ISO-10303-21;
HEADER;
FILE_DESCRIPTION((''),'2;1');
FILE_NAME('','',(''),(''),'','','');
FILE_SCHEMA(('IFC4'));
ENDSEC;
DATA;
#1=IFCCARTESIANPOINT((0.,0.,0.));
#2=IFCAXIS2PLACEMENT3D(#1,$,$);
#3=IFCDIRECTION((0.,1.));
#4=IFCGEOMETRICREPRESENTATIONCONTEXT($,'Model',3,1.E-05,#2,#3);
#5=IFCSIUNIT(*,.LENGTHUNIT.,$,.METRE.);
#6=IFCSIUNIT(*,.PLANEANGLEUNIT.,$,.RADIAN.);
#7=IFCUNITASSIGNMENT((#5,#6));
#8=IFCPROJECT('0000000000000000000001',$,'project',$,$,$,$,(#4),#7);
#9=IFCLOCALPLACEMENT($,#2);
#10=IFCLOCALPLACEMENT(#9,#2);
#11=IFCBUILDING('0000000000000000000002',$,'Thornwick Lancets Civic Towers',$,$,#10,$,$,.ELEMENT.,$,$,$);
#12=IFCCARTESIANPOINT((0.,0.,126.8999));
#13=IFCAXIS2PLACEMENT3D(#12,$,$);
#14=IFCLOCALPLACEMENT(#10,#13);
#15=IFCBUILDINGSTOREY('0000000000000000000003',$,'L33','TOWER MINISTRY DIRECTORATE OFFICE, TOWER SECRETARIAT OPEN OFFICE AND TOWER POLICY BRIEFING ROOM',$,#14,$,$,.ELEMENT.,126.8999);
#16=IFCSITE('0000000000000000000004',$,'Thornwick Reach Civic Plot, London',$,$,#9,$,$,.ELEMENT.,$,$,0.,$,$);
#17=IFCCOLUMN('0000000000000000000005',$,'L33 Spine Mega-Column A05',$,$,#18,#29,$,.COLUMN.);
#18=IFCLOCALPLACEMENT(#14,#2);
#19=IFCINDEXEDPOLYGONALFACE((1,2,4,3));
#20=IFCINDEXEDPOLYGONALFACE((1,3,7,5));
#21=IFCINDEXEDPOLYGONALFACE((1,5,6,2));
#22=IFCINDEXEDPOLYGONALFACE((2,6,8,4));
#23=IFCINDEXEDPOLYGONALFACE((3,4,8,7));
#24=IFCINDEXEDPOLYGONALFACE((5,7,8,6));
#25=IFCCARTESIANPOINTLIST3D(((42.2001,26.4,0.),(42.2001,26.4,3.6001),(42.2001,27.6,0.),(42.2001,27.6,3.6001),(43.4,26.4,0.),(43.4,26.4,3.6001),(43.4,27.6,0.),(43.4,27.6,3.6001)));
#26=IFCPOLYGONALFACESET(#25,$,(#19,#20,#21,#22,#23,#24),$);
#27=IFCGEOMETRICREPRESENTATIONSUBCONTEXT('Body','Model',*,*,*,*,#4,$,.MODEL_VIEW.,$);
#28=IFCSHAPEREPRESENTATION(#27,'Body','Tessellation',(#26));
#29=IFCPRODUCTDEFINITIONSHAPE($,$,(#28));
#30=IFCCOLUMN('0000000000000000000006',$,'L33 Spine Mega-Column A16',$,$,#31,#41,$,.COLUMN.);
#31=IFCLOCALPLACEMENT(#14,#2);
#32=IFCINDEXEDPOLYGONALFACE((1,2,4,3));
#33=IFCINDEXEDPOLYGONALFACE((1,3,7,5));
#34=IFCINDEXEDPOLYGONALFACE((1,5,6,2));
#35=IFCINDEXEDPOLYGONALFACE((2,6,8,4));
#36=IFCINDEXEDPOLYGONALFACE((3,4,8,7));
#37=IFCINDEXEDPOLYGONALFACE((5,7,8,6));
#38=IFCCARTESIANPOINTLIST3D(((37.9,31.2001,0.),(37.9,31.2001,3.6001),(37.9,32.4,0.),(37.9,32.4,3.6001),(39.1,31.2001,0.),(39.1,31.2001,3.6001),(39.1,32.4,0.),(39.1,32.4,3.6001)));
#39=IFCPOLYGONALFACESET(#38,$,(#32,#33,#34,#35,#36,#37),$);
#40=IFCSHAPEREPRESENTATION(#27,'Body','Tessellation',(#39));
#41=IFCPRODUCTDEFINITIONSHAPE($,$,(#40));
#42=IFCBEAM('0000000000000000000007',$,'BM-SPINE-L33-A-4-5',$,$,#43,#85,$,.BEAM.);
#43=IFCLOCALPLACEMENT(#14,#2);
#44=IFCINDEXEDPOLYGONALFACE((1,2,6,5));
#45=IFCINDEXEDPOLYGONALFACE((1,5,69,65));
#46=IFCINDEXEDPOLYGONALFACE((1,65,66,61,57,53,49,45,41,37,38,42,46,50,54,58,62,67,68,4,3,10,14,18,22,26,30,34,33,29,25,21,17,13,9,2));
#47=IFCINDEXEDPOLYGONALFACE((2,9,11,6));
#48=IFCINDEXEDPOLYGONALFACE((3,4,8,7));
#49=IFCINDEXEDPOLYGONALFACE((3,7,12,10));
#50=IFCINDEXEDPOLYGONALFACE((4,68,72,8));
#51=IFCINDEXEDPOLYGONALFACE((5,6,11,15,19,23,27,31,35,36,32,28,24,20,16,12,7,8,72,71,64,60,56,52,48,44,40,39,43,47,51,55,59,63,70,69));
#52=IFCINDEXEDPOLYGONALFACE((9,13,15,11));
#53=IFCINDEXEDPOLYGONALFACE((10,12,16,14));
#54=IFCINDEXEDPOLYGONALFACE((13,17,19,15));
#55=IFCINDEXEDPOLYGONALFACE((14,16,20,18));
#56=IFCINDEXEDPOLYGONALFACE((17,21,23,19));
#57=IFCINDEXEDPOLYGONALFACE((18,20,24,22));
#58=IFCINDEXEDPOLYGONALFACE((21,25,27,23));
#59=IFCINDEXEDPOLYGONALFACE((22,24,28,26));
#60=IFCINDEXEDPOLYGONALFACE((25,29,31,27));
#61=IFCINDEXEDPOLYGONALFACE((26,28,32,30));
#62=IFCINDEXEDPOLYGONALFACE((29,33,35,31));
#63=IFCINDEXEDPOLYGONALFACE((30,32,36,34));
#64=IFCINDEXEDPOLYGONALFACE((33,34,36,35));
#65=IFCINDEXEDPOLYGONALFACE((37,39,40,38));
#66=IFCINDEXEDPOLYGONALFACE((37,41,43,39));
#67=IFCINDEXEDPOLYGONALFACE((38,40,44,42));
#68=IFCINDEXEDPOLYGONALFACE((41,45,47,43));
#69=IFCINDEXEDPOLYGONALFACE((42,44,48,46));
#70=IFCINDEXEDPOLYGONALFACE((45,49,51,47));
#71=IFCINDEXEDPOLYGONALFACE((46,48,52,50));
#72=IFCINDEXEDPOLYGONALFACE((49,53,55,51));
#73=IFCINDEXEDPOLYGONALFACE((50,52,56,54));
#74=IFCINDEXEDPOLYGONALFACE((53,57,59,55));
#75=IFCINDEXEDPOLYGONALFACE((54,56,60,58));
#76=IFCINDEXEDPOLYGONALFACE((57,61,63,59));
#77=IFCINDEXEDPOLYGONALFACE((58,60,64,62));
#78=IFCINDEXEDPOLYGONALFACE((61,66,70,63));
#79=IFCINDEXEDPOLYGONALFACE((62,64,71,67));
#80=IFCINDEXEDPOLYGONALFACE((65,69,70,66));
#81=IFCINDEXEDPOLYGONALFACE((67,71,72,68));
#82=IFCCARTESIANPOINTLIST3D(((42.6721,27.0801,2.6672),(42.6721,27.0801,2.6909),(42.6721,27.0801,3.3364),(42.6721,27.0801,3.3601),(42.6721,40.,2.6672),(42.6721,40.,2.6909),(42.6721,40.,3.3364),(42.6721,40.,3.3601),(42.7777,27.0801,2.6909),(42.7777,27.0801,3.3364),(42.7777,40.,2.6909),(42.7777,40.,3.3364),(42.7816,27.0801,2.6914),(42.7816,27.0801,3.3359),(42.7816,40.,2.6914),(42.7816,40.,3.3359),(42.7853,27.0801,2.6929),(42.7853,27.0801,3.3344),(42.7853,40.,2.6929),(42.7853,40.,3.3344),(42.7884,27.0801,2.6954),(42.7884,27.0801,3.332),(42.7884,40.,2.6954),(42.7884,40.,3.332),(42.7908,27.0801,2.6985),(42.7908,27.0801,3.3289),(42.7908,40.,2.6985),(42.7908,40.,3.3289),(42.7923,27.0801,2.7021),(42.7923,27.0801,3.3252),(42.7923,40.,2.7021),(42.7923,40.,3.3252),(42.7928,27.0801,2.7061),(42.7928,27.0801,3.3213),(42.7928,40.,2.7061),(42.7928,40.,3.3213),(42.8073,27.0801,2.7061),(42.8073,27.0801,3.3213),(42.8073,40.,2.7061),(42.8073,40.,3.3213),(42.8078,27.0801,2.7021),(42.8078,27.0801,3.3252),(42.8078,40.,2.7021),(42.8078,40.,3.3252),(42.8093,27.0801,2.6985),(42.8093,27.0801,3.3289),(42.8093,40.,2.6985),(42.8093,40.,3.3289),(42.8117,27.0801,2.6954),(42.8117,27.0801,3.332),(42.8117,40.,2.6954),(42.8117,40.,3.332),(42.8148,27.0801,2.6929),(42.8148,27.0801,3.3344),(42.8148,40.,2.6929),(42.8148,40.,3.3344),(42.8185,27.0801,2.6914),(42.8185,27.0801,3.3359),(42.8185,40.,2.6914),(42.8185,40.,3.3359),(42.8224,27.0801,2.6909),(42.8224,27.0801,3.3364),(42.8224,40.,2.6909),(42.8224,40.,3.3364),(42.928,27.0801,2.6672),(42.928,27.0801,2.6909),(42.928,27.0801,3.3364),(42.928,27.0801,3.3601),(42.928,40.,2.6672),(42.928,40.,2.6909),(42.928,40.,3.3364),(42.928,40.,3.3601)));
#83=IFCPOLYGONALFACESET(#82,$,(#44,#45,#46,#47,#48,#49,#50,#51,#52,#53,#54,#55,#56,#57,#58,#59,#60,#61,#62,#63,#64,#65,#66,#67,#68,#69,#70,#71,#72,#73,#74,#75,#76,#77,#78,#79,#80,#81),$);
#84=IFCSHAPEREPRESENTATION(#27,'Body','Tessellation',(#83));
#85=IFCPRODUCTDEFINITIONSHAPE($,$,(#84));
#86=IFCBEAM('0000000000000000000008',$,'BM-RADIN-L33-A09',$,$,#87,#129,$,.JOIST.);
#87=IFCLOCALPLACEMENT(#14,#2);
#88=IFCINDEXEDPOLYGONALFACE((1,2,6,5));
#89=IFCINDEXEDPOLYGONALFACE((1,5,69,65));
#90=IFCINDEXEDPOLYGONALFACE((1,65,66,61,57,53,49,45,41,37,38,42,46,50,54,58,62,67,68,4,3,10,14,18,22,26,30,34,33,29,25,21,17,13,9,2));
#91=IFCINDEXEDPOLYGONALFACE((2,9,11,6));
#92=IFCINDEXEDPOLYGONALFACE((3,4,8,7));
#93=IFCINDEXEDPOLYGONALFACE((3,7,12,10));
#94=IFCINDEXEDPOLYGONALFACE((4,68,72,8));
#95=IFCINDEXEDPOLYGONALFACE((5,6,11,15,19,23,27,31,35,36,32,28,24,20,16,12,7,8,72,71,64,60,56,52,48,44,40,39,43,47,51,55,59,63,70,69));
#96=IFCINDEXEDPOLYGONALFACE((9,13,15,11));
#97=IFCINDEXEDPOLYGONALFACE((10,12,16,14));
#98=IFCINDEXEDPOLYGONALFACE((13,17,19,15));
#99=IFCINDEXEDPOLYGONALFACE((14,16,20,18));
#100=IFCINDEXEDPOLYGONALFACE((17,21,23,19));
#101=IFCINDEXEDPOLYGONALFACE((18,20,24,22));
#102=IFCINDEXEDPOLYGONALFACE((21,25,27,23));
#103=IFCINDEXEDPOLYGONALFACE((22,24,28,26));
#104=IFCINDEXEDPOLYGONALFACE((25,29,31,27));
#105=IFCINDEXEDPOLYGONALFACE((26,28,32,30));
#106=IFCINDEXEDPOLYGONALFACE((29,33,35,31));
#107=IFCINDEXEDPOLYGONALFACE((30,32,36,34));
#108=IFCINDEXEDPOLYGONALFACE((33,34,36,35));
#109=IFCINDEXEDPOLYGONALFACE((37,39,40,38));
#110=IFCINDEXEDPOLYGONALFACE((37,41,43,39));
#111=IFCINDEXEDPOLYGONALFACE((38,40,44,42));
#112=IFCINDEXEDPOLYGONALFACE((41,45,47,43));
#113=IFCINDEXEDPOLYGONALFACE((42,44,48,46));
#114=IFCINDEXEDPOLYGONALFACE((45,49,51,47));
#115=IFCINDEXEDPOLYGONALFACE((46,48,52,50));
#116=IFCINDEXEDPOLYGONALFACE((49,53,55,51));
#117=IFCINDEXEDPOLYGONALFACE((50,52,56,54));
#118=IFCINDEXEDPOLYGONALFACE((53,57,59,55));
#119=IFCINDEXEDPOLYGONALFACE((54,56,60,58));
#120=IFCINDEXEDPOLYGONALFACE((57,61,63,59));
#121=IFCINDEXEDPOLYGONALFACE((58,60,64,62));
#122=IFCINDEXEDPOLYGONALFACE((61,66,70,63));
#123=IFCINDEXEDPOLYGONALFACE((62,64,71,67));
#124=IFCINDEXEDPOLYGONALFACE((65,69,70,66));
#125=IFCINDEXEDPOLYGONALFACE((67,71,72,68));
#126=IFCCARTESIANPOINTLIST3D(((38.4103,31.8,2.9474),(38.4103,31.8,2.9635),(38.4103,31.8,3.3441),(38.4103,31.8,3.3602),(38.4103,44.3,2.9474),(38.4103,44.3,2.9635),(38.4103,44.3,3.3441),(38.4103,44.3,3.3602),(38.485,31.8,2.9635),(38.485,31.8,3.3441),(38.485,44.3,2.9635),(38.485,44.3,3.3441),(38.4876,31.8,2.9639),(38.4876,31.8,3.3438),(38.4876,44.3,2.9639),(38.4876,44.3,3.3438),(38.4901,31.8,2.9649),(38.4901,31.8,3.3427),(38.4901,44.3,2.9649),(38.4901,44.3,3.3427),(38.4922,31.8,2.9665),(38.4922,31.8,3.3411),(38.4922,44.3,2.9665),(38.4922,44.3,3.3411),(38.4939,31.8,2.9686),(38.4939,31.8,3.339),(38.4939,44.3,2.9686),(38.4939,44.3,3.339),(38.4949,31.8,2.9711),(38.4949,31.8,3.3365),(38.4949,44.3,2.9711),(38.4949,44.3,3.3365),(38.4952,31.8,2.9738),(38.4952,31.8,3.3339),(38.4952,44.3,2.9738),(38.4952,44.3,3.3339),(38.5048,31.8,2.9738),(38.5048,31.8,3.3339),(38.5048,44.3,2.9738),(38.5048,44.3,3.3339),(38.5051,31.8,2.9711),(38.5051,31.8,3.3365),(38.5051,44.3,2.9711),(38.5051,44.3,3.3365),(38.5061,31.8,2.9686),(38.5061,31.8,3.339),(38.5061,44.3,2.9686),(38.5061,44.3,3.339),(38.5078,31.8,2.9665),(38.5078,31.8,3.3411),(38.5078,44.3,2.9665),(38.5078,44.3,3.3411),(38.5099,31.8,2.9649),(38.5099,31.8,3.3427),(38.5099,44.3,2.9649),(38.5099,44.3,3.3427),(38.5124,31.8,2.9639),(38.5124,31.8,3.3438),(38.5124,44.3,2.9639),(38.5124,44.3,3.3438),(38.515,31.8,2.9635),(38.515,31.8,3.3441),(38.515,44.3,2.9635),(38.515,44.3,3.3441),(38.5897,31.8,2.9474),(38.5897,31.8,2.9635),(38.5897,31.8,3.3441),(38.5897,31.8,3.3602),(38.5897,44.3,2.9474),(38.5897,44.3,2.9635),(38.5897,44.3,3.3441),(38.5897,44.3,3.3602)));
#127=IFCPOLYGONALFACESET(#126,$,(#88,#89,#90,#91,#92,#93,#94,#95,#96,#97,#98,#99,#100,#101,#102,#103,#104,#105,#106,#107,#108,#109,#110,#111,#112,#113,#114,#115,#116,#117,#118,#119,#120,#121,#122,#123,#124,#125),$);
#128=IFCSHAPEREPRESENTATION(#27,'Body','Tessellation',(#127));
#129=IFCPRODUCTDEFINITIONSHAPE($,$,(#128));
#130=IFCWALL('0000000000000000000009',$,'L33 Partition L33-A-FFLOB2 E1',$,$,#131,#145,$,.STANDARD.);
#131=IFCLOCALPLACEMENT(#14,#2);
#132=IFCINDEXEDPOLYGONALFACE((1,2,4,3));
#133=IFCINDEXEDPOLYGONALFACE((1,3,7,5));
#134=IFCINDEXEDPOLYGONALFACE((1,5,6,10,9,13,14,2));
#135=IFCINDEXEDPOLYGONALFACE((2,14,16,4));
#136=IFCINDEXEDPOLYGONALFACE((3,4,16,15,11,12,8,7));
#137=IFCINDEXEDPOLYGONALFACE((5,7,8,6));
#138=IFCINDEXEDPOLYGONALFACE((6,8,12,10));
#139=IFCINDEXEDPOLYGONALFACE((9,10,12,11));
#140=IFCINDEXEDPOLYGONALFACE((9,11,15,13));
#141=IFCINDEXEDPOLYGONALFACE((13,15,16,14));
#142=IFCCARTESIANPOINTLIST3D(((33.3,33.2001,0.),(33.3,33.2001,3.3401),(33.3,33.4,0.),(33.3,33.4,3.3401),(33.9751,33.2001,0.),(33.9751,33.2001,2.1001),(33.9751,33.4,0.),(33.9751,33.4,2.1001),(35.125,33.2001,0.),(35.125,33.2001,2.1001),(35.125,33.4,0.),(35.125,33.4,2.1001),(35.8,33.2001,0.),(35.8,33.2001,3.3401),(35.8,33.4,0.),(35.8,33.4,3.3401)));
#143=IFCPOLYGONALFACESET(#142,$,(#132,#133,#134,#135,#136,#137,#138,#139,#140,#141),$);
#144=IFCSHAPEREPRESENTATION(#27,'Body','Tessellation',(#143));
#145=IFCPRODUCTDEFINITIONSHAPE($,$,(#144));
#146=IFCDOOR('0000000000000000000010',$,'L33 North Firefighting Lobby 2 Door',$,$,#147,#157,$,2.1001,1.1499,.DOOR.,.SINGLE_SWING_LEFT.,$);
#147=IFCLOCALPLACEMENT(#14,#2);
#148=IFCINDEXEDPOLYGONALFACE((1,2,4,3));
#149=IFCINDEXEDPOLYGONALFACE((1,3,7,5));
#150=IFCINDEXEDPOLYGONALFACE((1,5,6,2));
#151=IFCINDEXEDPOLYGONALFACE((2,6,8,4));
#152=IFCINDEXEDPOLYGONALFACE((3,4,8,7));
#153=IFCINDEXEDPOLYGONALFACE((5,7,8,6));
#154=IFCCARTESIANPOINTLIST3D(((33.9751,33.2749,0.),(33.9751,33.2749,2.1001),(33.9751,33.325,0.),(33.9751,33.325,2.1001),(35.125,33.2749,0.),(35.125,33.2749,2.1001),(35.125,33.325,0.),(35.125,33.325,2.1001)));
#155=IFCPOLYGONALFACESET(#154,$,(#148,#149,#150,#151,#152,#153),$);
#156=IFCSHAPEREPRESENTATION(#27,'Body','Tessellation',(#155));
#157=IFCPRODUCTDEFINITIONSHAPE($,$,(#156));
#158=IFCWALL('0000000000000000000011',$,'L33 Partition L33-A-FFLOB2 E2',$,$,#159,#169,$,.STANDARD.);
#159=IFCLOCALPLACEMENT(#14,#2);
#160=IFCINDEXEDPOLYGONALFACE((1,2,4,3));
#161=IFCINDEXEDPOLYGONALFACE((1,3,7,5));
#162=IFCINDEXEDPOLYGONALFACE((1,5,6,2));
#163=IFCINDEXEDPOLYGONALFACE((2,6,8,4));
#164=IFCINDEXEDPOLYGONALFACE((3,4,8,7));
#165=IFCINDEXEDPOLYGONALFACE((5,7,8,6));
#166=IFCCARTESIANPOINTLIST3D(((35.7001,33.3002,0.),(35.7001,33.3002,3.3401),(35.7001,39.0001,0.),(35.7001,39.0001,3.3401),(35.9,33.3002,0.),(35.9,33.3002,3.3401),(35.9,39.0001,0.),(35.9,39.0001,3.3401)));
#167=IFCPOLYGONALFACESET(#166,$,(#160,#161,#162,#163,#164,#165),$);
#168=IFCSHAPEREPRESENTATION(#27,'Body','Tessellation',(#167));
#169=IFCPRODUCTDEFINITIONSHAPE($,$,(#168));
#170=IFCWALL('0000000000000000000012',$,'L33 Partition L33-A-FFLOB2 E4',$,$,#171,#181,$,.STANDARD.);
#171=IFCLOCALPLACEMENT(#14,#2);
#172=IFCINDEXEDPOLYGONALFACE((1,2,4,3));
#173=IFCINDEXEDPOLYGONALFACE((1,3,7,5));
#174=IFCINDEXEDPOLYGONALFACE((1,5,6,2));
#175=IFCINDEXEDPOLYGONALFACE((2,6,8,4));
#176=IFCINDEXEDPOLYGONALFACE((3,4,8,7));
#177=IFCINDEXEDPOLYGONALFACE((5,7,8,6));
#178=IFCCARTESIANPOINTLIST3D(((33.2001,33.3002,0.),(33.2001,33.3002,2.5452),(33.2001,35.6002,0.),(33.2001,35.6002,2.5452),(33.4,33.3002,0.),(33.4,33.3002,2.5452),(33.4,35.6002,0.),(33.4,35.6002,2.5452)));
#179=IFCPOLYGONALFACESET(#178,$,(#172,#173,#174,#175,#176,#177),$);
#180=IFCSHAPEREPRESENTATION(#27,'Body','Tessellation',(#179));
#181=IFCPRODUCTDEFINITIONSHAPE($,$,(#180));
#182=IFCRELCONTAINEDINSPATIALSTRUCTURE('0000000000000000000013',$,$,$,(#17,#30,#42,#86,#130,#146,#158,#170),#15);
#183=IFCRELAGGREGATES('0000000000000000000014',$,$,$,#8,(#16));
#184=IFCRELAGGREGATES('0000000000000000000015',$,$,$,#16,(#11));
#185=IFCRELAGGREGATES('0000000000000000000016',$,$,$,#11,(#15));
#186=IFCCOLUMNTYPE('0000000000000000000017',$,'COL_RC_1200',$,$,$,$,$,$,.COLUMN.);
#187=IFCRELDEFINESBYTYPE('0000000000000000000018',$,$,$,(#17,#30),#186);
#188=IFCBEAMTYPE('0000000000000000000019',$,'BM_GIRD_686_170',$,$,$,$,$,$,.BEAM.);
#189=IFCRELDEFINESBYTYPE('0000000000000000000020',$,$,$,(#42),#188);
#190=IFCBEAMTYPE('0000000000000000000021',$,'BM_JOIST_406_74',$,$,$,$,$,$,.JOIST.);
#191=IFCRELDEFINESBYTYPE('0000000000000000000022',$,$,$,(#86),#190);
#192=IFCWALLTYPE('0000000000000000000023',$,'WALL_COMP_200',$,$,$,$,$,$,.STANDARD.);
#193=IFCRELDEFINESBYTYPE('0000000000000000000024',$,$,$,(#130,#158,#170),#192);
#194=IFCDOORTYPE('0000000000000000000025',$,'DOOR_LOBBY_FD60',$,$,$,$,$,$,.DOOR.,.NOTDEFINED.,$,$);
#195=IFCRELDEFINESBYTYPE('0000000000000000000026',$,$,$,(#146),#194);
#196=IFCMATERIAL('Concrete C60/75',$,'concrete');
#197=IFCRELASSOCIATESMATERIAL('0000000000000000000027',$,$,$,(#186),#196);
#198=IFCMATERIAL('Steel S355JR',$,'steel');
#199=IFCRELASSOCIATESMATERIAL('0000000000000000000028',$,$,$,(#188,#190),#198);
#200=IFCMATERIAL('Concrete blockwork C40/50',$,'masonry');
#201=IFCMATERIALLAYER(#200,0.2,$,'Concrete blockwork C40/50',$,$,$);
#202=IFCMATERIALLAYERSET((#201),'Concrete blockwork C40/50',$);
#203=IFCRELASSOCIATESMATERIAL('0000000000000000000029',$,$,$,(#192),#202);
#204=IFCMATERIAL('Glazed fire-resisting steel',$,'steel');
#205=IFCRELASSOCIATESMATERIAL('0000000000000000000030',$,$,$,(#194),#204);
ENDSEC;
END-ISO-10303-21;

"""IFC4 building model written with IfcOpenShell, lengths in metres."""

from ifc_helpers import new_model, si_unit, direction, frame, frame_2d, origin, origin_2d, place, context, subcontext, project, spatial, rectangle, i_section, extrude, material, layer, layer_set, material_profile, profile_set, type_object, element, fill, save


model = new_model("IFC4")

# Units and contexts
model_context = context("Model", 3, precision=1e-05, world=origin(), true_north=direction((0.0, 1.0)))
body_context = subcontext(model_context, "Body", "Model", "MODEL_VIEW")
ifc_project = project(units=[si_unit("LENGTHUNIT", "METRE"), si_unit("PLANEANGLEUNIT", "RADIAN")], contexts=[model_context])

# Site, building, storey
site_placement = place(None, origin())
site = spatial("IfcSite", under=ifc_project, at=site_placement, Name="Thornwick Reach Civic Plot, London", CompositionType="ELEMENT", RefElevation=0.0)
building_placement = place(site_placement, origin())
building = spatial("IfcBuilding", under=site, at=building_placement, Name="Thornwick Lancets Civic Towers", CompositionType="ELEMENT")
storey_placement = place(building_placement, frame((0.0, 0.0, 126.8999)))
storey = spatial("IfcBuildingStorey", under=building, at=storey_placement, Name="L33", Description="TOWER MINISTRY DIRECTORATE OFFICE, TOWER SECRETARIAT OPEN OFFICE AND TOWER POLICY BRIEFING ROOM", CompositionType="ELEMENT", Elevation=126.8999)

# Columns
ifc_material_1 = material(Name="Concrete C60/75", Category="concrete")
ifc_material_profile_1 = material_profile(ifc_material_1, rectangle(XDim=1.2, YDim=1.2, at=origin_2d()), Name="RC 1200x1200")
ifc_profile_set_1 = profile_set([ifc_material_profile_1], Name="Concrete C60/75")
column_type = type_object("IfcColumnType", Name="COL_RC_1200", PredefinedType="COLUMN", material=ifc_profile_set_1)
for number, where, z_axis, x_axis, name in (
    (1, (42.8, 27.0, 0.0), (0.0, 0.0, 1.0), (1.0, 0.0, 0.0), "L33 Spine Mega-Column A05"),
    (2, (38.5, 31.8, 0.0), (0.0, 0.0, 1.0), (1.0, 0.0, 0.0), "L33 Spine Mega-Column A16"),
):
    element("IfcColumn", number, at=place(storey_placement, frame(where, z_axis=z_axis, x_axis=x_axis)), inside=storey, type_object=column_type, Name=name, PredefinedType="COLUMN", context=body_context, shape_type="SweptSolid", body=[
        extrude(rectangle(XDim=1.2, YDim=1.2, at=origin_2d()), origin(), (0.0, 0.0, 1.0), 3.6001),
    ])

# Beams
ifc_material_2 = material(Name="Steel S355JR", Category="steel")
ifc_material_profile_2 = material_profile(ifc_material_2, i_section(OverallWidth=0.2559, OverallDepth=0.6929, WebThickness=0.0144, FlangeThickness=0.0237, FilletRadius=0.0151, at=origin_2d()), Name="UKB 686x254x170")
ifc_profile_set_2 = profile_set([ifc_material_profile_2], Name="Steel S355JR")
beam_type_1 = type_object("IfcBeamType", Name="BM_GIRD_686_170", PredefinedType="BEAM", material=ifc_profile_set_2)
beam_1_placement = place(storey_placement, frame((42.8, 27.0801, 3.0137), z_axis=(0.0, 1.0, 0.0), x_axis=(-1.0, 0.0, 0.0)))
element("IfcBeam", 3, at=beam_1_placement, inside=storey, type_object=beam_type_1, Name="BM-SPINE-L33-A-4-5", PredefinedType="BEAM", context=body_context, shape_type="SweptSolid", body=[
    extrude(i_section(OverallWidth=0.2559, OverallDepth=0.6929, WebThickness=0.0144, FlangeThickness=0.0237, FilletRadius=0.0151, at=origin_2d()), origin(), (0.0, 0.0, 1.0), 12.9199),
])
ifc_material_profile_3 = material_profile(ifc_material_2, i_section(OverallWidth=0.1794, OverallDepth=0.4128, WebThickness=0.0095, FlangeThickness=0.0161, FilletRadius=0.0103, at=origin_2d()), Name="UKB 406x178x74")
ifc_profile_set_3 = profile_set([ifc_material_profile_3], Name="Steel S355JR")
beam_type_2 = type_object("IfcBeamType", Name="BM_JOIST_406_74", PredefinedType="JOIST", material=ifc_profile_set_3)
beam_2_placement = place(storey_placement, frame((38.5, 31.8, 3.1538), z_axis=(0.0, 1.0, 0.0), x_axis=(-1.0, 0.0, 0.0)))
element("IfcBeam", 4, at=beam_2_placement, inside=storey, type_object=beam_type_2, Name="BM-RADIN-L33-A09", PredefinedType="JOIST", context=body_context, shape_type="SweptSolid", body=[
    extrude(i_section(OverallWidth=0.1794, OverallDepth=0.4128, WebThickness=0.0095, FlangeThickness=0.0161, FilletRadius=0.0103, at=origin_2d()), origin(), (0.0, 0.0, 1.0), 12.5),
])

# Wall, opening, door
ifc_material_3 = material(Name="Concrete blockwork C40/50", Category="masonry")
ifc_layer_1 = layer(ifc_material_3, 0.2, Name="Concrete blockwork C40/50")
ifc_layer_set_1 = layer_set([ifc_layer_1], Name="Concrete blockwork C40/50")
wall_type_1 = type_object("IfcWallType", Name="WALL_COMP_200", PredefinedType="STANDARD", material=ifc_layer_set_1)
wall_1_placement = place(storey_placement, frame((33.3, 33.3, 0.0), z_axis=(0.0, 0.0, 1.0), x_axis=(1.0, 0.0, 0.0)))
wall_1 = element("IfcWall", 5, at=wall_1_placement, inside=storey, type_object=wall_type_1, Name="L33 Partition L33-A-FFLOB2 E1", PredefinedType="STANDARD", context=body_context, shape_type="SweptSolid", body=[
    extrude(rectangle(XDim=2.5, YDim=0.2, at=frame_2d((1.25, 0.0))), origin(), (0.0, 0.0, 1.0), 3.3401),
])
opening_1_placement = place(wall_1_placement, frame((0.675, 0.0, 0.0)))
opening_1 = element("IfcOpeningElement", 6, at=opening_1_placement, cuts=wall_1, PredefinedType="OPENING", context=body_context, shape_type="SweptSolid", body=[
    extrude(rectangle(XDim=1.1499, YDim=2.1001, at=frame_2d((0.575, 1.05))), frame((0.0, 0.1099, 0.0), z_axis=(0.0, -1.0, 0.0), x_axis=(1.0, 0.0, 0.0)), (0.0, 0.0, 1.0), 0.22),
])
ifc_material_4 = material(Name="Glazed fire-resisting steel", Category="steel")
door_type_1 = type_object("IfcDoorType", Name="DOOR_LOBBY_FD60", OperationType="NOTDEFINED", PredefinedType="DOOR", material=ifc_material_4)
door_1_placement = place(opening_1_placement, origin())
door_1 = element("IfcDoor", 7, at=door_1_placement, inside=storey, type_object=door_type_1, Name="L33 North Firefighting Lobby 2 Door", OperationType="SINGLE_SWING_LEFT", OverallHeight=2.1001, OverallWidth=1.1499, PredefinedType="DOOR", context=body_context, shape_type="SweptSolid", body=[
    extrude(rectangle(XDim=1.1499, YDim=2.1001, at=frame_2d((0.575, 1.05))), frame((0.0, 0.0249, 0.0), z_axis=(0.0, -1.0, 0.0), x_axis=(1.0, 0.0, 0.0)), (0.0, 0.0, 1.0), 0.05),
])
fill(opening_1, door_1)

# Walls
wall_2_placement = place(storey_placement, frame((35.8, 33.3, 0.0), z_axis=(0.0, 0.0, 1.0), x_axis=(0.0, 1.0, 0.0)))
element("IfcWall", 8, at=wall_2_placement, inside=storey, type_object=wall_type_1, Name="L33 Partition L33-A-FFLOB2 E2", PredefinedType="STANDARD", context=body_context, shape_type="SweptSolid", body=[
    extrude(rectangle(XDim=5.7, YDim=0.2, at=frame_2d((2.8501, 0.0))), origin(), (0.0, 0.0, 1.0), 3.3401),
])
wall_3_placement = place(storey_placement, frame((33.3, 35.6001, 0.0), z_axis=(0.0, 0.0, 1.0), x_axis=(0.0, -1.0, 0.0)))
element("IfcWall", 9, at=wall_3_placement, inside=storey, type_object=wall_type_1, Name="L33 Partition L33-A-FFLOB2 E4", PredefinedType="STANDARD", context=body_context, shape_type="SweptSolid", body=[
    extrude(rectangle(XDim=2.3, YDim=0.2, at=frame_2d((1.1499, 0.0))), origin(), (0.0, 0.0, 1.0), 2.5452),
])

save(model, "model.ifc")
